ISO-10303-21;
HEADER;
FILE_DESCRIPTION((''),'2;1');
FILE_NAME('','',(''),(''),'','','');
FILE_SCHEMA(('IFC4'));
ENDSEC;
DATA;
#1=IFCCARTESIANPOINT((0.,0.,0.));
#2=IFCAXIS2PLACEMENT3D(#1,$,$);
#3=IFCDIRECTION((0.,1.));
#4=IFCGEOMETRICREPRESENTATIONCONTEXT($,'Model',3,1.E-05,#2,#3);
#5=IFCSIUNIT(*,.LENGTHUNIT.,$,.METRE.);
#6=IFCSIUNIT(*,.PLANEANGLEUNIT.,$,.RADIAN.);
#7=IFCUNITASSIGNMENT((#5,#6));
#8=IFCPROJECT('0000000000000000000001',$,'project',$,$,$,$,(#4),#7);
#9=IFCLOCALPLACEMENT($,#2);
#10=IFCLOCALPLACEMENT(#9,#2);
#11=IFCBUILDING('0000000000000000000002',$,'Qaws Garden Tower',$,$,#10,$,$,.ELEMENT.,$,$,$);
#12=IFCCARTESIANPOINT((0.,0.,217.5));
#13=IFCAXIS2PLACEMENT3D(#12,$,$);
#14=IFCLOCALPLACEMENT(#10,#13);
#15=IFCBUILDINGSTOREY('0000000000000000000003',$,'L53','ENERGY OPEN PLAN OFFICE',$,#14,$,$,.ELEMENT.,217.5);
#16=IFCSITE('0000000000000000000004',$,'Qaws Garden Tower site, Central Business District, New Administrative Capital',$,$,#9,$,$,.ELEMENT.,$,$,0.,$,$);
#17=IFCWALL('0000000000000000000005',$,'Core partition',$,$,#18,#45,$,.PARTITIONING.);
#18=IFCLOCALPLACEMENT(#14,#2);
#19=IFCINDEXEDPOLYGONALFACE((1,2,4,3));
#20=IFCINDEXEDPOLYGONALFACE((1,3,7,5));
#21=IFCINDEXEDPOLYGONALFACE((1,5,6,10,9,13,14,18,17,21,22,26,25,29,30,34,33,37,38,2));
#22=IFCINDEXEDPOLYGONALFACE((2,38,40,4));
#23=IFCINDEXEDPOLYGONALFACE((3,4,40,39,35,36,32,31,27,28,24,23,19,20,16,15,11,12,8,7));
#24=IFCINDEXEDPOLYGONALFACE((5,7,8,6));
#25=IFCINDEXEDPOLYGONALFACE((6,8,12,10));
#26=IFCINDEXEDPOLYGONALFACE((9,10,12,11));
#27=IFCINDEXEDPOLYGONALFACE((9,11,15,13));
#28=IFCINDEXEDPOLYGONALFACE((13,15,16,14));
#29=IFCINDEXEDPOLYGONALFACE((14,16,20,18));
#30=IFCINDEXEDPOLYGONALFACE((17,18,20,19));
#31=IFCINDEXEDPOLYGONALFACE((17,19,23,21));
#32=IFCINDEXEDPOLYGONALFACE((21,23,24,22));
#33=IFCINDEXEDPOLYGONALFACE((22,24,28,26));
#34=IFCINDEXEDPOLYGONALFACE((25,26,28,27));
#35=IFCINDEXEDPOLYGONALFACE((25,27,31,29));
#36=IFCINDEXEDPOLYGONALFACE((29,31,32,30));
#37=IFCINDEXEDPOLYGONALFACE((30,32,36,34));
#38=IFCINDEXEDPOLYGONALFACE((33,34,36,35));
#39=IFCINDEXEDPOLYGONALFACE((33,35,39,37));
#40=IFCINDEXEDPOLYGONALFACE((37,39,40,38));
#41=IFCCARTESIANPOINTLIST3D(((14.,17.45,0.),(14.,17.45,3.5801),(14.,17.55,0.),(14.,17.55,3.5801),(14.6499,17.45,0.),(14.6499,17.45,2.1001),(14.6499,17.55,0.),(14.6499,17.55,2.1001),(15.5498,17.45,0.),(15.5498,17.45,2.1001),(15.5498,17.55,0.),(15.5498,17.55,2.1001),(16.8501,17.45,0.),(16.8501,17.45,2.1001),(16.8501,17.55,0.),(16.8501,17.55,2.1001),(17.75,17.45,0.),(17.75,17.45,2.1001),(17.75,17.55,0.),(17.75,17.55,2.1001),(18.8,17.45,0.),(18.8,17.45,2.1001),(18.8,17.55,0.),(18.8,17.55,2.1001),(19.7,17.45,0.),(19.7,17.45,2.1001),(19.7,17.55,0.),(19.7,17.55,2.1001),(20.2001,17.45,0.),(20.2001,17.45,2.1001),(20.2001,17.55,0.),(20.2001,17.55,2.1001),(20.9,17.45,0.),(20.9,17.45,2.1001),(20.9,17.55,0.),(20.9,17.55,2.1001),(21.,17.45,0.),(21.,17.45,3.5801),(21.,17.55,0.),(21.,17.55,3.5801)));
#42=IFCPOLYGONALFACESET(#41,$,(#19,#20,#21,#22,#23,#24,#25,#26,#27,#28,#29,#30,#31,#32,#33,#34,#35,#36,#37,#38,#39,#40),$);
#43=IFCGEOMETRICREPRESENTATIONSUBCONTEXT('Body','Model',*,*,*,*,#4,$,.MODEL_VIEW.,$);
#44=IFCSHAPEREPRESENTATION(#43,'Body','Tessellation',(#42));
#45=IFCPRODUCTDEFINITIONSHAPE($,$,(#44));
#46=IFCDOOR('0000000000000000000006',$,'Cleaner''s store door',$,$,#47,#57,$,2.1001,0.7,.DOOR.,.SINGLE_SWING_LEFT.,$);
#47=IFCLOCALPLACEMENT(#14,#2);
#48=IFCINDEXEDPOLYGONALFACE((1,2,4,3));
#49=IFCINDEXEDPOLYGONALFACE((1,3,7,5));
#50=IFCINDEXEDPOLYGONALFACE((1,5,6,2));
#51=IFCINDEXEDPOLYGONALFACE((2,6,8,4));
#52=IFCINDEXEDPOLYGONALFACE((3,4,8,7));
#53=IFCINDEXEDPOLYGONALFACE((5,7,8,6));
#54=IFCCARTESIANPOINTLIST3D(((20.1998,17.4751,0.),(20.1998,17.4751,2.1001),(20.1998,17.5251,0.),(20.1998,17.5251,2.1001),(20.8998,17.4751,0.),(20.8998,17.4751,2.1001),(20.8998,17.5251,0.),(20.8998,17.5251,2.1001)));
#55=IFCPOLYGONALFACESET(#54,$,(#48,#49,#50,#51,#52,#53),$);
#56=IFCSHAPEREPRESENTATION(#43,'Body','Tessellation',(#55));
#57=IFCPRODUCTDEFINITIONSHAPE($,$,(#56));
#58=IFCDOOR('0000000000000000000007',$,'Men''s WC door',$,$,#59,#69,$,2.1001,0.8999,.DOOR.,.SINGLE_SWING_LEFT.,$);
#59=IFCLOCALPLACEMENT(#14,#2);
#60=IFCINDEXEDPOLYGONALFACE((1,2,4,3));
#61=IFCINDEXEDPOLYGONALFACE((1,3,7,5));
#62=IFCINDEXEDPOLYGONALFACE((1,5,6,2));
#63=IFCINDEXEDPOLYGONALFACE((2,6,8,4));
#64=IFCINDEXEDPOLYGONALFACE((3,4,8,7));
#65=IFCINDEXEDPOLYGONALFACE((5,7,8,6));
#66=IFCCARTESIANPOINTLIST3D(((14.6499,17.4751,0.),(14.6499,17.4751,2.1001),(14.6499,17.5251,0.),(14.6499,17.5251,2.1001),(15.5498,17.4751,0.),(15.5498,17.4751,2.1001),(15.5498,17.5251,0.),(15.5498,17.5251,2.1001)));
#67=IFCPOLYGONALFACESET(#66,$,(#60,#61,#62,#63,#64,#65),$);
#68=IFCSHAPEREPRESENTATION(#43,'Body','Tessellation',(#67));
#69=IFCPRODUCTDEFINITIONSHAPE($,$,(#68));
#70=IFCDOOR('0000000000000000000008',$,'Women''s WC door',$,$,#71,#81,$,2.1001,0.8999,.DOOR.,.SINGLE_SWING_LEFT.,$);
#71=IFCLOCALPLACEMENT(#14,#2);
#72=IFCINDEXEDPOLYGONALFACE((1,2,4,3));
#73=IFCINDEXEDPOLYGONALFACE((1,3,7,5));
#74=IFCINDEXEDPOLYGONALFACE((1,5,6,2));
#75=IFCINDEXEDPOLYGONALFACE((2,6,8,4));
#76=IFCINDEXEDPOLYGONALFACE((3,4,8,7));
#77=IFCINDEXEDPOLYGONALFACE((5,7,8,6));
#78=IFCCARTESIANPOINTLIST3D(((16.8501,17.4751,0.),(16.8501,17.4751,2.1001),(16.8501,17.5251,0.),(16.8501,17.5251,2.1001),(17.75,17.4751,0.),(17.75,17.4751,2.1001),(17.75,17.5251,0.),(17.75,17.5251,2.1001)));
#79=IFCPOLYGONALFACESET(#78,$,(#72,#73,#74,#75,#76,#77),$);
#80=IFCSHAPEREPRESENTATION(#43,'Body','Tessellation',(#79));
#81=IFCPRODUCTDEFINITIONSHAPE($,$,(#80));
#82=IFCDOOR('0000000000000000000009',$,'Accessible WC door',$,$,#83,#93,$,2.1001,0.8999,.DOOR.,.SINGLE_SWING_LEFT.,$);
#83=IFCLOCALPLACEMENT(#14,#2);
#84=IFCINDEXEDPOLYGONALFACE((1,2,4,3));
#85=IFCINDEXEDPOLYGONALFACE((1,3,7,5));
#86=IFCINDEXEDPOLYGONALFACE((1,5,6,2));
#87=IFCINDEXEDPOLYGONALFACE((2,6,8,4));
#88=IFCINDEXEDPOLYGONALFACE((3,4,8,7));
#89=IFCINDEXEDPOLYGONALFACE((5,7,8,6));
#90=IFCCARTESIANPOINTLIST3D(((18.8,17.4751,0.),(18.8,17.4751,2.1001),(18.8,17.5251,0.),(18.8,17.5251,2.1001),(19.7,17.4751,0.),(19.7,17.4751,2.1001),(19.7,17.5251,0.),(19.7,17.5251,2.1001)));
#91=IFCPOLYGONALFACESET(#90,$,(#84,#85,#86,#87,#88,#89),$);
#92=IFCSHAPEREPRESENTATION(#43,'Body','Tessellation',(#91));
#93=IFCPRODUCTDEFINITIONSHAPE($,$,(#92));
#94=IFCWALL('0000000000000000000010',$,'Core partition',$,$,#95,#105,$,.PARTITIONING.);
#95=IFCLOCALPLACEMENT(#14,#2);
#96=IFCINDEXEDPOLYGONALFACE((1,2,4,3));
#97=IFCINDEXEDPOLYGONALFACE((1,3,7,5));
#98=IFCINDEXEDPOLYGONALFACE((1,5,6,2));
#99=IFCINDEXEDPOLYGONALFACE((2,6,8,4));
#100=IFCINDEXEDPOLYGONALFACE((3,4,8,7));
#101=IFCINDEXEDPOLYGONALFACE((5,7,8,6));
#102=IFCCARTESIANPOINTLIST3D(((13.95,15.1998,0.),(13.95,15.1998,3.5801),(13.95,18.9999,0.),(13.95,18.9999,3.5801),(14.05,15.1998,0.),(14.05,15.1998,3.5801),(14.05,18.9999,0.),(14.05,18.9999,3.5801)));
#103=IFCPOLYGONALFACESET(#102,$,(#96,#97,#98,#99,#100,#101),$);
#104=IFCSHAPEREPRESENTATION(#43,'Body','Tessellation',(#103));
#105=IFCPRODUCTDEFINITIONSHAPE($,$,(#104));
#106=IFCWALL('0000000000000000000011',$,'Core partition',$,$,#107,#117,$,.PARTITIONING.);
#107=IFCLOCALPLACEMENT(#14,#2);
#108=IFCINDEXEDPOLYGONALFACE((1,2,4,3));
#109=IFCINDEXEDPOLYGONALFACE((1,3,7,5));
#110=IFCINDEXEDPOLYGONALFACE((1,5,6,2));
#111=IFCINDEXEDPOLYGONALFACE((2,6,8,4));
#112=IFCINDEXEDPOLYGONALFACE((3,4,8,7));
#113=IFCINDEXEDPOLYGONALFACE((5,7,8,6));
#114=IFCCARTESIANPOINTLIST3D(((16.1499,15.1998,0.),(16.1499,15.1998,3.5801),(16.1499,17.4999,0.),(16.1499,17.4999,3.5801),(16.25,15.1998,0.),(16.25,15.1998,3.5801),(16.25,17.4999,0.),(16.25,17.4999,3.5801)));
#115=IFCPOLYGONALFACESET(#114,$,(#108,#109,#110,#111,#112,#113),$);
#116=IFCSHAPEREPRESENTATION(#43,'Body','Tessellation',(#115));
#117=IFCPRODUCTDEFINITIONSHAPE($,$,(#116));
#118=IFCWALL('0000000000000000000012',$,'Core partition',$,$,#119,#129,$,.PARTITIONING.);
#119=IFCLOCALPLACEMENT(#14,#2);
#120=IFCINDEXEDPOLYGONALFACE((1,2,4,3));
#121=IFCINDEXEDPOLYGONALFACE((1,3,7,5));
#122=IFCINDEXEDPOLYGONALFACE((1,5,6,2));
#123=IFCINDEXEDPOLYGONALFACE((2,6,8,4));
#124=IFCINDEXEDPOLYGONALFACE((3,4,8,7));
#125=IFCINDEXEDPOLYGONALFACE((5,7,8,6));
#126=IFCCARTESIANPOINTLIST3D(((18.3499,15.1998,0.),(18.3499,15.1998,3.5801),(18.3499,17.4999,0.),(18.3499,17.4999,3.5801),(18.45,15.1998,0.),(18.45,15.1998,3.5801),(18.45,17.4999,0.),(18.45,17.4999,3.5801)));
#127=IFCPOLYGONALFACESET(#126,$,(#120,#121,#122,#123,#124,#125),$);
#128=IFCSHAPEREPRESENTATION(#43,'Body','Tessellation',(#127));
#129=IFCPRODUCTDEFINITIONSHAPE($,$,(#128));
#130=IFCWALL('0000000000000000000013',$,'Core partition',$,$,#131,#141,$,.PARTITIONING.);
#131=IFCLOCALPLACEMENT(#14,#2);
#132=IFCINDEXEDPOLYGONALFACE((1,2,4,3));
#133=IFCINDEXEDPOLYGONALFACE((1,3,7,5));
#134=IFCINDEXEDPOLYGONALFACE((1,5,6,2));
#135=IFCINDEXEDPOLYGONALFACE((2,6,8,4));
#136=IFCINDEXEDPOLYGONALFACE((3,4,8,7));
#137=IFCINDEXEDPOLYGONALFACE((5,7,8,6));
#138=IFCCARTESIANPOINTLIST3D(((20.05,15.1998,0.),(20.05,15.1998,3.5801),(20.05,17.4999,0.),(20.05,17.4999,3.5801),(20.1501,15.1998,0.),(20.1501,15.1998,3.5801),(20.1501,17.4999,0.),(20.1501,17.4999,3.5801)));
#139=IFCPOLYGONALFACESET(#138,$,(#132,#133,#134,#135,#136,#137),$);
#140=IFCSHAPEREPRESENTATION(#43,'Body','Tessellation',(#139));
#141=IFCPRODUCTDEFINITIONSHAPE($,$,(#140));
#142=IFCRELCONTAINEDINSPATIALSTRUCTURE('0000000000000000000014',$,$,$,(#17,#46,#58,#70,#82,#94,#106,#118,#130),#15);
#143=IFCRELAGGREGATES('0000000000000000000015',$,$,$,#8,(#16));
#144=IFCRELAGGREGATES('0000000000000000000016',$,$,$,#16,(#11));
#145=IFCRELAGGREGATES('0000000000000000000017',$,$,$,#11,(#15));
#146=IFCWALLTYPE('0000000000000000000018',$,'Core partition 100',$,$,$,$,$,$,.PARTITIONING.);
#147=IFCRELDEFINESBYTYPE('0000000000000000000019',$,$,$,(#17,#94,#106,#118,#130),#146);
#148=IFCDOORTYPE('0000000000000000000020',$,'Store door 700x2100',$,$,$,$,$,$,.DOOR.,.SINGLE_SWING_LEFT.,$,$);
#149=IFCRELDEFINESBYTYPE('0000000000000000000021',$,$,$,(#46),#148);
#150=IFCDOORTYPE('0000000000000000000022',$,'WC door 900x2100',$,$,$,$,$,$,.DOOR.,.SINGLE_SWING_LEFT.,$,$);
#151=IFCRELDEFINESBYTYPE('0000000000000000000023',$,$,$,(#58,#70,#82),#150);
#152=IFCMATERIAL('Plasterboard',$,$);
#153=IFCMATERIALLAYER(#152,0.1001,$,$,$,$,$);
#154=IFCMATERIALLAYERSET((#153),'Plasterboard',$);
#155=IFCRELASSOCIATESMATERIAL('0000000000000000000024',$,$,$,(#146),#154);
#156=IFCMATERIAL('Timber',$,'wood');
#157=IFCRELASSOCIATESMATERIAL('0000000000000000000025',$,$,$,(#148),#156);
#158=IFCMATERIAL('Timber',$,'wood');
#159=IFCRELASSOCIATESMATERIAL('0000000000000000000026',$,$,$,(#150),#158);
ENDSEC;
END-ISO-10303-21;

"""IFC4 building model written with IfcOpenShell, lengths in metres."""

from ifc_helpers import new_model, si_unit, direction, frame, frame_2d, origin, place, context, subcontext, project, spatial, rectangle, extrude, material, layer, layer_set, type_object, element, fill, save


model = new_model("IFC4")

# Units and contexts
model_context = context("Model", 3, precision=1e-05, world=origin(), true_north=direction((0.0, 1.0)))
body_context = subcontext(model_context, "Body", "Model", "MODEL_VIEW")
ifc_project = project(units=[si_unit("LENGTHUNIT", "METRE"), si_unit("PLANEANGLEUNIT", "RADIAN")], contexts=[model_context])

# Site, building, storey
site_placement = place(None, origin())
site = spatial("IfcSite", under=ifc_project, at=site_placement, Name="Qaws Garden Tower site, Central Business District, New Administrative Capital", CompositionType="ELEMENT", RefElevation=0.0)
building_placement = place(site_placement, origin())
building = spatial("IfcBuilding", under=site, at=building_placement, Name="Qaws Garden Tower", CompositionType="ELEMENT")
storey_placement = place(building_placement, frame((0.0, 0.0, 217.5)))
storey = spatial("IfcBuildingStorey", under=building, at=storey_placement, Name="L53", Description="ENERGY OPEN PLAN OFFICE", CompositionType="ELEMENT", Elevation=217.5)

# Wall, openings, doors
ifc_material_1 = material(Name="Plasterboard")
ifc_layer_1 = layer(ifc_material_1, 0.1001)
ifc_layer_set_1 = layer_set([ifc_layer_1], Name="Plasterboard")
wall_type_1 = type_object("IfcWallType", Name="Core partition 100", PredefinedType="PARTITIONING", material=ifc_layer_set_1)
wall_1_placement = place(storey_placement, frame((14.0, 17.5, 0.0), z_axis=(0.0, 0.0, 1.0), x_axis=(1.0, 0.0, 0.0)))
wall_1 = element("IfcWall", 1, at=wall_1_placement, inside=storey, type_object=wall_type_1, Name="Core partition", PredefinedType="PARTITIONING", context=body_context, shape_type="SweptSolid", body=[
    extrude(rectangle(XDim=7.0, YDim=0.1001, at=frame_2d((3.5, 0.0))), origin(), (0.0, 0.0, 1.0), 3.5801),
])
opening_1_placement = place(wall_1_placement, frame((0.6499, 0.0, 0.0)))
opening_1 = element("IfcOpeningElement", 2, at=opening_1_placement, cuts=wall_1, PredefinedType="OPENING", context=body_context, shape_type="SweptSolid", body=[
    extrude(rectangle(XDim=0.8999, YDim=2.1001, at=frame_2d((0.45, 1.05))), frame((0.0, 0.0601, 0.0), z_axis=(0.0, -1.0, 0.0), x_axis=(1.0, 0.0, 0.0)), (0.0, 0.0, 1.0), 0.1201),
])
opening_2_placement = place(wall_1_placement, frame((2.8501, 0.0, 0.0)))
opening_2 = element("IfcOpeningElement", 3, at=opening_2_placement, cuts=wall_1, PredefinedType="OPENING", context=body_context, shape_type="SweptSolid", body=[
    extrude(rectangle(XDim=0.8999, YDim=2.1001, at=frame_2d((0.45, 1.05))), frame((0.0, 0.0601, 0.0), z_axis=(0.0, -1.0, 0.0), x_axis=(1.0, 0.0, 0.0)), (0.0, 0.0, 1.0), 0.1201),
])
opening_3_placement = place(wall_1_placement, frame((4.8, 0.0, 0.0)))
opening_3 = element("IfcOpeningElement", 4, at=opening_3_placement, cuts=wall_1, PredefinedType="OPENING", context=body_context, shape_type="SweptSolid", body=[
    extrude(rectangle(XDim=0.8999, YDim=2.1001, at=frame_2d((0.45, 1.05))), frame((0.0, 0.0601, 0.0), z_axis=(0.0, -1.0, 0.0), x_axis=(1.0, 0.0, 0.0)), (0.0, 0.0, 1.0), 0.1201),
])
opening_4_placement = place(wall_1_placement, frame((6.2, 0.0, 0.0)))
opening_4 = element("IfcOpeningElement", 5, at=opening_4_placement, cuts=wall_1, PredefinedType="OPENING", context=body_context, shape_type="SweptSolid", body=[
    extrude(rectangle(XDim=0.7, YDim=2.1001, at=frame_2d((0.3501, 1.05))), frame((0.0, 0.0601, 0.0), z_axis=(0.0, -1.0, 0.0), x_axis=(1.0, 0.0, 0.0)), (0.0, 0.0, 1.0), 0.1201),
])
ifc_material_2 = material(Name="Timber", Category="wood")
door_type_1 = type_object("IfcDoorType", Name="Store door 700x2100", OperationType="SINGLE_SWING_LEFT", PredefinedType="DOOR", material=ifc_material_2)
door_1_placement = place(opening_4_placement, frame((0.7, 0.0, 0.0), z_axis=(0.0, 0.0, 1.0), x_axis=(-1.0, 0.0, 0.0)))
door_1 = element("IfcDoor", 6, at=door_1_placement, inside=storey, type_object=door_type_1, Name="Cleaner's store door", OperationType="SINGLE_SWING_LEFT", OverallHeight=2.1001, OverallWidth=0.7, PredefinedType="DOOR", context=body_context, shape_type="SweptSolid", body=[
    extrude(rectangle(XDim=0.7, YDim=2.1001, at=frame_2d((0.3501, 1.05))), frame((0.0, 0.0249, 0.0), z_axis=(0.0, -1.0, 0.0), x_axis=(1.0, 0.0, 0.0)), (0.0, 0.0, 1.0), 0.05),
])
fill(opening_4, door_1)
ifc_material_3 = material(Name="Timber", Category="wood")
door_type_2 = type_object("IfcDoorType", Name="WC door 900x2100", OperationType="SINGLE_SWING_LEFT", PredefinedType="DOOR", material=ifc_material_3)
door_2_placement = place(opening_1_placement, frame((0.8999, 0.0, 0.0), z_axis=(0.0, 0.0, 1.0), x_axis=(-1.0, 0.0, 0.0)))
door_2 = element("IfcDoor", 7, at=door_2_placement, inside=storey, type_object=door_type_2, Name="Men's WC door", OperationType="SINGLE_SWING_LEFT", OverallHeight=2.1001, OverallWidth=0.8999, PredefinedType="DOOR", context=body_context, shape_type="SweptSolid", body=[
    extrude(rectangle(XDim=0.8999, YDim=2.1001, at=frame_2d((0.45, 1.05))), frame((0.0, 0.0249, 0.0), z_axis=(0.0, -1.0, 0.0), x_axis=(1.0, 0.0, 0.0)), (0.0, 0.0, 1.0), 0.05),
])
fill(opening_1, door_2)
door_3_placement = place(opening_2_placement, frame((0.8999, 0.0, 0.0), z_axis=(0.0, 0.0, 1.0), x_axis=(-1.0, 0.0, 0.0)))
door_3 = element("IfcDoor", 8, at=door_3_placement, inside=storey, type_object=door_type_2, Name="Women's WC door", OperationType="SINGLE_SWING_LEFT", OverallHeight=2.1001, OverallWidth=0.8999, PredefinedType="DOOR", context=body_context, shape_type="SweptSolid", body=[
    extrude(rectangle(XDim=0.8999, YDim=2.1001, at=frame_2d((0.45, 1.05))), frame((0.0, 0.0249, 0.0), z_axis=(0.0, -1.0, 0.0), x_axis=(1.0, 0.0, 0.0)), (0.0, 0.0, 1.0), 0.05),
])
fill(opening_2, door_3)
door_4_placement = place(opening_3_placement, frame((0.8999, 0.0, 0.0), z_axis=(0.0, 0.0, 1.0), x_axis=(-1.0, 0.0, 0.0)))
door_4 = element("IfcDoor", 9, at=door_4_placement, inside=storey, type_object=door_type_2, Name="Accessible WC door", OperationType="SINGLE_SWING_LEFT", OverallHeight=2.1001, OverallWidth=0.8999, PredefinedType="DOOR", context=body_context, shape_type="SweptSolid", body=[
    extrude(rectangle(XDim=0.8999, YDim=2.1001, at=frame_2d((0.45, 1.05))), frame((0.0, 0.0249, 0.0), z_axis=(0.0, -1.0, 0.0), x_axis=(1.0, 0.0, 0.0)), (0.0, 0.0, 1.0), 0.05),
])
fill(opening_3, door_4)

# Walls
wall_2_placement = place(storey_placement, frame((14.0, 15.2, 0.0), z_axis=(0.0, 0.0, 1.0), x_axis=(0.0, 1.0, 0.0)))
element("IfcWall", 10, at=wall_2_placement, inside=storey, type_object=wall_type_1, Name="Core partition", PredefinedType="PARTITIONING", context=body_context, shape_type="SweptSolid", body=[
    extrude(rectangle(XDim=3.8, YDim=0.1001, at=frame_2d((1.8999, 0.0))), origin(), (0.0, 0.0, 1.0), 3.5801),
])
for number, where, z_axis, x_axis, name in (
    (11, (16.2, 15.2, 0.0), (0.0, 0.0, 1.0), (0.0, 1.0, 0.0), "Core partition"),
    (12, (18.3999, 15.2, 0.0), (0.0, 0.0, 1.0), (0.0, 1.0, 0.0), "Core partition"),
    (13, (20.1001, 15.2, 0.0), (0.0, 0.0, 1.0), (0.0, 1.0, 0.0), "Core partition"),
):
    element("IfcWall", number, at=place(storey_placement, frame(where, z_axis=z_axis, x_axis=x_axis)), inside=storey, type_object=wall_type_1, Name=name, PredefinedType="PARTITIONING", context=body_context, shape_type="SweptSolid", body=[
        extrude(rectangle(XDim=2.3, YDim=0.1001, at=frame_2d((1.1499, 0.0))), origin(), (0.0, 0.0, 1.0), 3.5801),
    ])

save(model, "model.ifc")
